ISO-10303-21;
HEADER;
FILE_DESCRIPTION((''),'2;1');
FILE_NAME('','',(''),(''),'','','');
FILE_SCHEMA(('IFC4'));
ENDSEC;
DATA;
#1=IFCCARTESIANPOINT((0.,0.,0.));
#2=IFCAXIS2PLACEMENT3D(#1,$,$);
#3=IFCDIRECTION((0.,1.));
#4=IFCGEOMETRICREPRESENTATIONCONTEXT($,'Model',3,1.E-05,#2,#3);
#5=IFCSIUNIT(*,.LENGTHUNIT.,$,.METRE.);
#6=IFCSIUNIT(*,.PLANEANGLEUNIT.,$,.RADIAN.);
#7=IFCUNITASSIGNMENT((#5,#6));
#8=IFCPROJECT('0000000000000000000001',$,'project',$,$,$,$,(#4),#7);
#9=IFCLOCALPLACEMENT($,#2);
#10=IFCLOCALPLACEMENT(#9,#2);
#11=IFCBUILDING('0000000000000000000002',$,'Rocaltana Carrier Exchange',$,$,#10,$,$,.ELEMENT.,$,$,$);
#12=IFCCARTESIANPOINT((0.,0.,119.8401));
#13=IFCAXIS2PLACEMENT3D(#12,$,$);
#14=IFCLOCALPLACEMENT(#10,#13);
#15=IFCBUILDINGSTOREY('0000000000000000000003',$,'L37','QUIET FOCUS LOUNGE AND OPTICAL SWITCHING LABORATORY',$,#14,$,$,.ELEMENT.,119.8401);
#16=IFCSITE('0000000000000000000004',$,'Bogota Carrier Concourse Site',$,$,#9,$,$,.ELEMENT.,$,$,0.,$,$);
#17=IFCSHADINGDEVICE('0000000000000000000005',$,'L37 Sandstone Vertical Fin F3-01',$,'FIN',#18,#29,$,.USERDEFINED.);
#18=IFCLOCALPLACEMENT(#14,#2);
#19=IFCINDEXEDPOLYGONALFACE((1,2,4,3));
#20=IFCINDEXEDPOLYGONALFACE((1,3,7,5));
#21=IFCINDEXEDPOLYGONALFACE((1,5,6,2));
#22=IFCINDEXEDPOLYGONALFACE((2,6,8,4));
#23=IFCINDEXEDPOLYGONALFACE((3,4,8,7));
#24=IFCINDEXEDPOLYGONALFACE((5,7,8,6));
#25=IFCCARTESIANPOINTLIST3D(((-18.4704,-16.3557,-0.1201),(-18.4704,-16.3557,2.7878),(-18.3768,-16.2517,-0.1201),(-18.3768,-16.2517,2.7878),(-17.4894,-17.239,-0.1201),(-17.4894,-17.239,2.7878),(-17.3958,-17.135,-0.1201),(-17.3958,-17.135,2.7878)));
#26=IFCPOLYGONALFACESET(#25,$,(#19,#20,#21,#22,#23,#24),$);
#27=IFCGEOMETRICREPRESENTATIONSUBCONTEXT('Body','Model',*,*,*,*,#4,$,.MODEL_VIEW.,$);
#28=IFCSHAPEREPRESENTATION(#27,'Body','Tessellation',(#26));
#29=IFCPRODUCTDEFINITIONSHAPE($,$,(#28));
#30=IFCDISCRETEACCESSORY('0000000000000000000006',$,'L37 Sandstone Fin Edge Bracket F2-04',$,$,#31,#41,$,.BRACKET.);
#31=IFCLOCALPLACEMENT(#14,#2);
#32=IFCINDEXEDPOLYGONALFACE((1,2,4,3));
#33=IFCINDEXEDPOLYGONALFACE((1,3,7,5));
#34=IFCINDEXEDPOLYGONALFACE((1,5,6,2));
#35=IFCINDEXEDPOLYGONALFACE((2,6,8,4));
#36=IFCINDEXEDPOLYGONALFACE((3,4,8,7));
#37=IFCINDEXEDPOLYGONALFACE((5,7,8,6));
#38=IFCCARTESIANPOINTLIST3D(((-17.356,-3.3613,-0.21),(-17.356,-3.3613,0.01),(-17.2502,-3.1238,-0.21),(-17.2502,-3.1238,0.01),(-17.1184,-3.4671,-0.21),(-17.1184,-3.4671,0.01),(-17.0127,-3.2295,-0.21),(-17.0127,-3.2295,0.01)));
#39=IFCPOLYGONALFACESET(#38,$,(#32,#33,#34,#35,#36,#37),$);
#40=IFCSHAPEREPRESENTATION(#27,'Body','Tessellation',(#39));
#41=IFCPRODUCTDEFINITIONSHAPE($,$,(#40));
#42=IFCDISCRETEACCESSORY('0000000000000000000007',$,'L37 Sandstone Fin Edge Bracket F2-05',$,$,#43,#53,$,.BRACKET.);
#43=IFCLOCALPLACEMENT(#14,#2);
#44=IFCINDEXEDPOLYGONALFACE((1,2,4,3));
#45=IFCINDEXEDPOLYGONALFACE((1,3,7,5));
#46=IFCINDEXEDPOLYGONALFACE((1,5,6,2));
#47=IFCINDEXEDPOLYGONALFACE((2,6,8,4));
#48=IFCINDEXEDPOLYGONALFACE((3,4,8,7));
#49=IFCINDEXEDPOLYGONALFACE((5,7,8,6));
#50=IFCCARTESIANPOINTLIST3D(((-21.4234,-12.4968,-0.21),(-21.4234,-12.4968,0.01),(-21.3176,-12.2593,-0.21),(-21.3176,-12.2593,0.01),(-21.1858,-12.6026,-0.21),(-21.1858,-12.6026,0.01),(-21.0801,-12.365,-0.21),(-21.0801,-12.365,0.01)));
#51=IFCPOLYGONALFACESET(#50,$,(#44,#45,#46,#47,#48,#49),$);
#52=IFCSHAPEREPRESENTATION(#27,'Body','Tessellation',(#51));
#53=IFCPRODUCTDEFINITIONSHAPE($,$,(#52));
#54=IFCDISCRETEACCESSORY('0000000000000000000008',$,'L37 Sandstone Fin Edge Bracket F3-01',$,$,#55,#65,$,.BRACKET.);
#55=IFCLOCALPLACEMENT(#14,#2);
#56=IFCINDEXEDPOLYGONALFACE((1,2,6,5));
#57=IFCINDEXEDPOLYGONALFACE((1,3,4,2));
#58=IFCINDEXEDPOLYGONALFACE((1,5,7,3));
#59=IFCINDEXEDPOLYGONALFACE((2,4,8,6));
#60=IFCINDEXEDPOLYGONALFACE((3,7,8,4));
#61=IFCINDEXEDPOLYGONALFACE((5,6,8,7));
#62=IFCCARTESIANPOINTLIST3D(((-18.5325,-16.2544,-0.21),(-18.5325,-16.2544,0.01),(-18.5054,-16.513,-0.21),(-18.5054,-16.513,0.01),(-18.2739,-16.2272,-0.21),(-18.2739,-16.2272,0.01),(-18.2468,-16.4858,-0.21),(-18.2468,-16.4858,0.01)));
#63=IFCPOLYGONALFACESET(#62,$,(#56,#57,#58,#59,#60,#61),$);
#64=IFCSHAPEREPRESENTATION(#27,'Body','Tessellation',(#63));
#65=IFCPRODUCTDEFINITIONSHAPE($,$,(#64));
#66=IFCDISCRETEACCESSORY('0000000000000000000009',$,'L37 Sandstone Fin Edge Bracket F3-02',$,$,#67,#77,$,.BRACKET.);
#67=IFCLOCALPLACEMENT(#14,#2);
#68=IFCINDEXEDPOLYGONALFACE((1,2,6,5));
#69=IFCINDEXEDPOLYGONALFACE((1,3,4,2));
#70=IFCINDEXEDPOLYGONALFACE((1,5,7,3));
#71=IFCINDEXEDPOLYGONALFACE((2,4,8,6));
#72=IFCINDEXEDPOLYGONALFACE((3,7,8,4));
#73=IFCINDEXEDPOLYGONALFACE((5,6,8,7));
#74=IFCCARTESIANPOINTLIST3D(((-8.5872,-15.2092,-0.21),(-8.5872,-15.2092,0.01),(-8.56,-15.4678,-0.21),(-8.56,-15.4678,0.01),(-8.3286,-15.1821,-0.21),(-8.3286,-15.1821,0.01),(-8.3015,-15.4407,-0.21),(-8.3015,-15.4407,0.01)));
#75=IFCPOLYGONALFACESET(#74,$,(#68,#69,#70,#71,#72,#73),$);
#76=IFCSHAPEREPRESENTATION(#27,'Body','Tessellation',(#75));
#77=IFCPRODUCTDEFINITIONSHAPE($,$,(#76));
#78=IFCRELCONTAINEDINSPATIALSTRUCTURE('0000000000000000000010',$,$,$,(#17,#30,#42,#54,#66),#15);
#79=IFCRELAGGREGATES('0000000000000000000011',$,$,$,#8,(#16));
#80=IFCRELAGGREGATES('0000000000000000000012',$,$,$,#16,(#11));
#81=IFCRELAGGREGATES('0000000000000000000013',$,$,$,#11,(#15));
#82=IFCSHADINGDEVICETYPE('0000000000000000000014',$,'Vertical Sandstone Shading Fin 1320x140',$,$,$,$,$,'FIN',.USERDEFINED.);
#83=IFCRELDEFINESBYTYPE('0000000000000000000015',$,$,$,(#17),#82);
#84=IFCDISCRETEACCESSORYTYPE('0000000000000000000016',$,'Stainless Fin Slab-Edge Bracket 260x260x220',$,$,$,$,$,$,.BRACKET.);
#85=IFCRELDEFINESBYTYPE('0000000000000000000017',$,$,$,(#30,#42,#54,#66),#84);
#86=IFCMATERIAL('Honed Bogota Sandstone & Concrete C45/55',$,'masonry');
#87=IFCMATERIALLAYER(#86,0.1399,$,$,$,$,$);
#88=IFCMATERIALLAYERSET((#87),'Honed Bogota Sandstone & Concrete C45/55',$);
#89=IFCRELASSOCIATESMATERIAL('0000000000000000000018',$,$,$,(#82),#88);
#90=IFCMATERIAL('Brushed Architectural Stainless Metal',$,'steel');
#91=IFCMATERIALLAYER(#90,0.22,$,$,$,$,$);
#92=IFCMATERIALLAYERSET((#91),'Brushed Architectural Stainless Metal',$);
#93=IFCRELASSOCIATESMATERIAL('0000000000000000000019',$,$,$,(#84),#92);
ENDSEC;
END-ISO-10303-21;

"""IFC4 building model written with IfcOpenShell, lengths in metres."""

from ifc_helpers import new_model, si_unit, direction, frame, origin, origin_2d, place, context, subcontext, project, spatial, rectangle, extrude, material, layer, layer_set, type_object, element, save


model = new_model("IFC4")

# Units and contexts
model_context = context("Model", 3, precision=1e-05, world=origin(), true_north=direction((0.0, 1.0)))
body_context = subcontext(model_context, "Body", "Model", "MODEL_VIEW")
ifc_project = project(units=[si_unit("LENGTHUNIT", "METRE"), si_unit("PLANEANGLEUNIT", "RADIAN")], contexts=[model_context])

# Site, building, storey
site_placement = place(None, origin())
site = spatial("IfcSite", under=ifc_project, at=site_placement, Name="Bogota Carrier Concourse Site", CompositionType="ELEMENT", RefElevation=0.0)
building_placement = place(site_placement, origin())
building = spatial("IfcBuilding", under=site, at=building_placement, Name="Rocaltana Carrier Exchange", CompositionType="ELEMENT")
storey_placement = place(building_placement, frame((0.0, 0.0, 119.8401)))
storey = spatial("IfcBuildingStorey", under=building, at=storey_placement, Name="L37", Description="QUIET FOCUS LOUNGE AND OPTICAL SWITCHING LABORATORY", CompositionType="ELEMENT", Elevation=119.8401)

# Shading device
ifc_material_1 = material(Name="Honed Bogota Sandstone & Concrete C45/55", Category="masonry")
ifc_layer_1 = layer(ifc_material_1, 0.1399)
ifc_layer_set_1 = layer_set([ifc_layer_1], Name="Honed Bogota Sandstone & Concrete C45/55")
shading_device_type = type_object("IfcShadingDeviceType", Name="Vertical Sandstone Shading Fin 1320x140", ElementType="FIN", PredefinedType="USERDEFINED", material=ifc_layer_set_1)
for number, where, z_axis, x_axis, name in (
    (1, (-17.9331, -16.7454, -0.1201), (0.0, 0.0, 1.0), (0.743145, -0.669131, 0.0), "L37 Sandstone Vertical Fin F3-01"),
):
    element("IfcShadingDevice", number, at=place(storey_placement, frame(where, z_axis=z_axis, x_axis=x_axis)), inside=storey, type_object=shading_device_type, Name=name, ObjectType="FIN", PredefinedType="USERDEFINED", context=body_context, shape_type="SweptSolid", body=[
        extrude(rectangle(XDim=1.3201, YDim=0.1399, at=origin_2d()), origin(), (0.0, 0.0, 1.0), 2.908),
    ])

# Discrete accessories
ifc_material_2 = material(Name="Brushed Architectural Stainless Metal", Category="steel")
ifc_layer_2 = layer(ifc_material_2, 0.22)
ifc_layer_set_2 = layer_set([ifc_layer_2], Name="Brushed Architectural Stainless Metal")
discrete_accessory_type = type_object("IfcDiscreteAccessoryType", Name="Stainless Fin Slab-Edge Bracket 260x260x220", PredefinedType="BRACKET", material=ifc_layer_set_2)
for number, where, z_axis, x_axis, name in (
    (2, (-17.1843, -3.2954, -0.21), (0.0, 0.0, 1.0), (-0.406737, -0.913545, 0.0), "L37 Sandstone Fin Edge Bracket F2-04"),
    (3, (-21.2517, -12.4309, -0.21), (0.0, 0.0, 1.0), (-0.406737, -0.913545, 0.0), "L37 Sandstone Fin Edge Bracket F2-05"),
    (4, (-18.3896, -16.3701, -0.21), (0.0, 0.0, 1.0), (0.994522, 0.104528, 0.0), "L37 Sandstone Fin Edge Bracket F3-01"),
    (5, (-8.4443, -15.325, -0.21), (0.0, 0.0, 1.0), (0.994522, 0.104528, 0.0), "L37 Sandstone Fin Edge Bracket F3-02"),
):
    element("IfcDiscreteAccessory", number, at=place(storey_placement, frame(where, z_axis=z_axis, x_axis=x_axis)), inside=storey, type_object=discrete_accessory_type, Name=name, PredefinedType="BRACKET", context=body_context, shape_type="SweptSolid", body=[
        extrude(rectangle(XDim=0.26, YDim=0.26, at=origin_2d()), origin(), (0.0, 0.0, 1.0), 0.22),
    ])

save(model, "model.ifc")
